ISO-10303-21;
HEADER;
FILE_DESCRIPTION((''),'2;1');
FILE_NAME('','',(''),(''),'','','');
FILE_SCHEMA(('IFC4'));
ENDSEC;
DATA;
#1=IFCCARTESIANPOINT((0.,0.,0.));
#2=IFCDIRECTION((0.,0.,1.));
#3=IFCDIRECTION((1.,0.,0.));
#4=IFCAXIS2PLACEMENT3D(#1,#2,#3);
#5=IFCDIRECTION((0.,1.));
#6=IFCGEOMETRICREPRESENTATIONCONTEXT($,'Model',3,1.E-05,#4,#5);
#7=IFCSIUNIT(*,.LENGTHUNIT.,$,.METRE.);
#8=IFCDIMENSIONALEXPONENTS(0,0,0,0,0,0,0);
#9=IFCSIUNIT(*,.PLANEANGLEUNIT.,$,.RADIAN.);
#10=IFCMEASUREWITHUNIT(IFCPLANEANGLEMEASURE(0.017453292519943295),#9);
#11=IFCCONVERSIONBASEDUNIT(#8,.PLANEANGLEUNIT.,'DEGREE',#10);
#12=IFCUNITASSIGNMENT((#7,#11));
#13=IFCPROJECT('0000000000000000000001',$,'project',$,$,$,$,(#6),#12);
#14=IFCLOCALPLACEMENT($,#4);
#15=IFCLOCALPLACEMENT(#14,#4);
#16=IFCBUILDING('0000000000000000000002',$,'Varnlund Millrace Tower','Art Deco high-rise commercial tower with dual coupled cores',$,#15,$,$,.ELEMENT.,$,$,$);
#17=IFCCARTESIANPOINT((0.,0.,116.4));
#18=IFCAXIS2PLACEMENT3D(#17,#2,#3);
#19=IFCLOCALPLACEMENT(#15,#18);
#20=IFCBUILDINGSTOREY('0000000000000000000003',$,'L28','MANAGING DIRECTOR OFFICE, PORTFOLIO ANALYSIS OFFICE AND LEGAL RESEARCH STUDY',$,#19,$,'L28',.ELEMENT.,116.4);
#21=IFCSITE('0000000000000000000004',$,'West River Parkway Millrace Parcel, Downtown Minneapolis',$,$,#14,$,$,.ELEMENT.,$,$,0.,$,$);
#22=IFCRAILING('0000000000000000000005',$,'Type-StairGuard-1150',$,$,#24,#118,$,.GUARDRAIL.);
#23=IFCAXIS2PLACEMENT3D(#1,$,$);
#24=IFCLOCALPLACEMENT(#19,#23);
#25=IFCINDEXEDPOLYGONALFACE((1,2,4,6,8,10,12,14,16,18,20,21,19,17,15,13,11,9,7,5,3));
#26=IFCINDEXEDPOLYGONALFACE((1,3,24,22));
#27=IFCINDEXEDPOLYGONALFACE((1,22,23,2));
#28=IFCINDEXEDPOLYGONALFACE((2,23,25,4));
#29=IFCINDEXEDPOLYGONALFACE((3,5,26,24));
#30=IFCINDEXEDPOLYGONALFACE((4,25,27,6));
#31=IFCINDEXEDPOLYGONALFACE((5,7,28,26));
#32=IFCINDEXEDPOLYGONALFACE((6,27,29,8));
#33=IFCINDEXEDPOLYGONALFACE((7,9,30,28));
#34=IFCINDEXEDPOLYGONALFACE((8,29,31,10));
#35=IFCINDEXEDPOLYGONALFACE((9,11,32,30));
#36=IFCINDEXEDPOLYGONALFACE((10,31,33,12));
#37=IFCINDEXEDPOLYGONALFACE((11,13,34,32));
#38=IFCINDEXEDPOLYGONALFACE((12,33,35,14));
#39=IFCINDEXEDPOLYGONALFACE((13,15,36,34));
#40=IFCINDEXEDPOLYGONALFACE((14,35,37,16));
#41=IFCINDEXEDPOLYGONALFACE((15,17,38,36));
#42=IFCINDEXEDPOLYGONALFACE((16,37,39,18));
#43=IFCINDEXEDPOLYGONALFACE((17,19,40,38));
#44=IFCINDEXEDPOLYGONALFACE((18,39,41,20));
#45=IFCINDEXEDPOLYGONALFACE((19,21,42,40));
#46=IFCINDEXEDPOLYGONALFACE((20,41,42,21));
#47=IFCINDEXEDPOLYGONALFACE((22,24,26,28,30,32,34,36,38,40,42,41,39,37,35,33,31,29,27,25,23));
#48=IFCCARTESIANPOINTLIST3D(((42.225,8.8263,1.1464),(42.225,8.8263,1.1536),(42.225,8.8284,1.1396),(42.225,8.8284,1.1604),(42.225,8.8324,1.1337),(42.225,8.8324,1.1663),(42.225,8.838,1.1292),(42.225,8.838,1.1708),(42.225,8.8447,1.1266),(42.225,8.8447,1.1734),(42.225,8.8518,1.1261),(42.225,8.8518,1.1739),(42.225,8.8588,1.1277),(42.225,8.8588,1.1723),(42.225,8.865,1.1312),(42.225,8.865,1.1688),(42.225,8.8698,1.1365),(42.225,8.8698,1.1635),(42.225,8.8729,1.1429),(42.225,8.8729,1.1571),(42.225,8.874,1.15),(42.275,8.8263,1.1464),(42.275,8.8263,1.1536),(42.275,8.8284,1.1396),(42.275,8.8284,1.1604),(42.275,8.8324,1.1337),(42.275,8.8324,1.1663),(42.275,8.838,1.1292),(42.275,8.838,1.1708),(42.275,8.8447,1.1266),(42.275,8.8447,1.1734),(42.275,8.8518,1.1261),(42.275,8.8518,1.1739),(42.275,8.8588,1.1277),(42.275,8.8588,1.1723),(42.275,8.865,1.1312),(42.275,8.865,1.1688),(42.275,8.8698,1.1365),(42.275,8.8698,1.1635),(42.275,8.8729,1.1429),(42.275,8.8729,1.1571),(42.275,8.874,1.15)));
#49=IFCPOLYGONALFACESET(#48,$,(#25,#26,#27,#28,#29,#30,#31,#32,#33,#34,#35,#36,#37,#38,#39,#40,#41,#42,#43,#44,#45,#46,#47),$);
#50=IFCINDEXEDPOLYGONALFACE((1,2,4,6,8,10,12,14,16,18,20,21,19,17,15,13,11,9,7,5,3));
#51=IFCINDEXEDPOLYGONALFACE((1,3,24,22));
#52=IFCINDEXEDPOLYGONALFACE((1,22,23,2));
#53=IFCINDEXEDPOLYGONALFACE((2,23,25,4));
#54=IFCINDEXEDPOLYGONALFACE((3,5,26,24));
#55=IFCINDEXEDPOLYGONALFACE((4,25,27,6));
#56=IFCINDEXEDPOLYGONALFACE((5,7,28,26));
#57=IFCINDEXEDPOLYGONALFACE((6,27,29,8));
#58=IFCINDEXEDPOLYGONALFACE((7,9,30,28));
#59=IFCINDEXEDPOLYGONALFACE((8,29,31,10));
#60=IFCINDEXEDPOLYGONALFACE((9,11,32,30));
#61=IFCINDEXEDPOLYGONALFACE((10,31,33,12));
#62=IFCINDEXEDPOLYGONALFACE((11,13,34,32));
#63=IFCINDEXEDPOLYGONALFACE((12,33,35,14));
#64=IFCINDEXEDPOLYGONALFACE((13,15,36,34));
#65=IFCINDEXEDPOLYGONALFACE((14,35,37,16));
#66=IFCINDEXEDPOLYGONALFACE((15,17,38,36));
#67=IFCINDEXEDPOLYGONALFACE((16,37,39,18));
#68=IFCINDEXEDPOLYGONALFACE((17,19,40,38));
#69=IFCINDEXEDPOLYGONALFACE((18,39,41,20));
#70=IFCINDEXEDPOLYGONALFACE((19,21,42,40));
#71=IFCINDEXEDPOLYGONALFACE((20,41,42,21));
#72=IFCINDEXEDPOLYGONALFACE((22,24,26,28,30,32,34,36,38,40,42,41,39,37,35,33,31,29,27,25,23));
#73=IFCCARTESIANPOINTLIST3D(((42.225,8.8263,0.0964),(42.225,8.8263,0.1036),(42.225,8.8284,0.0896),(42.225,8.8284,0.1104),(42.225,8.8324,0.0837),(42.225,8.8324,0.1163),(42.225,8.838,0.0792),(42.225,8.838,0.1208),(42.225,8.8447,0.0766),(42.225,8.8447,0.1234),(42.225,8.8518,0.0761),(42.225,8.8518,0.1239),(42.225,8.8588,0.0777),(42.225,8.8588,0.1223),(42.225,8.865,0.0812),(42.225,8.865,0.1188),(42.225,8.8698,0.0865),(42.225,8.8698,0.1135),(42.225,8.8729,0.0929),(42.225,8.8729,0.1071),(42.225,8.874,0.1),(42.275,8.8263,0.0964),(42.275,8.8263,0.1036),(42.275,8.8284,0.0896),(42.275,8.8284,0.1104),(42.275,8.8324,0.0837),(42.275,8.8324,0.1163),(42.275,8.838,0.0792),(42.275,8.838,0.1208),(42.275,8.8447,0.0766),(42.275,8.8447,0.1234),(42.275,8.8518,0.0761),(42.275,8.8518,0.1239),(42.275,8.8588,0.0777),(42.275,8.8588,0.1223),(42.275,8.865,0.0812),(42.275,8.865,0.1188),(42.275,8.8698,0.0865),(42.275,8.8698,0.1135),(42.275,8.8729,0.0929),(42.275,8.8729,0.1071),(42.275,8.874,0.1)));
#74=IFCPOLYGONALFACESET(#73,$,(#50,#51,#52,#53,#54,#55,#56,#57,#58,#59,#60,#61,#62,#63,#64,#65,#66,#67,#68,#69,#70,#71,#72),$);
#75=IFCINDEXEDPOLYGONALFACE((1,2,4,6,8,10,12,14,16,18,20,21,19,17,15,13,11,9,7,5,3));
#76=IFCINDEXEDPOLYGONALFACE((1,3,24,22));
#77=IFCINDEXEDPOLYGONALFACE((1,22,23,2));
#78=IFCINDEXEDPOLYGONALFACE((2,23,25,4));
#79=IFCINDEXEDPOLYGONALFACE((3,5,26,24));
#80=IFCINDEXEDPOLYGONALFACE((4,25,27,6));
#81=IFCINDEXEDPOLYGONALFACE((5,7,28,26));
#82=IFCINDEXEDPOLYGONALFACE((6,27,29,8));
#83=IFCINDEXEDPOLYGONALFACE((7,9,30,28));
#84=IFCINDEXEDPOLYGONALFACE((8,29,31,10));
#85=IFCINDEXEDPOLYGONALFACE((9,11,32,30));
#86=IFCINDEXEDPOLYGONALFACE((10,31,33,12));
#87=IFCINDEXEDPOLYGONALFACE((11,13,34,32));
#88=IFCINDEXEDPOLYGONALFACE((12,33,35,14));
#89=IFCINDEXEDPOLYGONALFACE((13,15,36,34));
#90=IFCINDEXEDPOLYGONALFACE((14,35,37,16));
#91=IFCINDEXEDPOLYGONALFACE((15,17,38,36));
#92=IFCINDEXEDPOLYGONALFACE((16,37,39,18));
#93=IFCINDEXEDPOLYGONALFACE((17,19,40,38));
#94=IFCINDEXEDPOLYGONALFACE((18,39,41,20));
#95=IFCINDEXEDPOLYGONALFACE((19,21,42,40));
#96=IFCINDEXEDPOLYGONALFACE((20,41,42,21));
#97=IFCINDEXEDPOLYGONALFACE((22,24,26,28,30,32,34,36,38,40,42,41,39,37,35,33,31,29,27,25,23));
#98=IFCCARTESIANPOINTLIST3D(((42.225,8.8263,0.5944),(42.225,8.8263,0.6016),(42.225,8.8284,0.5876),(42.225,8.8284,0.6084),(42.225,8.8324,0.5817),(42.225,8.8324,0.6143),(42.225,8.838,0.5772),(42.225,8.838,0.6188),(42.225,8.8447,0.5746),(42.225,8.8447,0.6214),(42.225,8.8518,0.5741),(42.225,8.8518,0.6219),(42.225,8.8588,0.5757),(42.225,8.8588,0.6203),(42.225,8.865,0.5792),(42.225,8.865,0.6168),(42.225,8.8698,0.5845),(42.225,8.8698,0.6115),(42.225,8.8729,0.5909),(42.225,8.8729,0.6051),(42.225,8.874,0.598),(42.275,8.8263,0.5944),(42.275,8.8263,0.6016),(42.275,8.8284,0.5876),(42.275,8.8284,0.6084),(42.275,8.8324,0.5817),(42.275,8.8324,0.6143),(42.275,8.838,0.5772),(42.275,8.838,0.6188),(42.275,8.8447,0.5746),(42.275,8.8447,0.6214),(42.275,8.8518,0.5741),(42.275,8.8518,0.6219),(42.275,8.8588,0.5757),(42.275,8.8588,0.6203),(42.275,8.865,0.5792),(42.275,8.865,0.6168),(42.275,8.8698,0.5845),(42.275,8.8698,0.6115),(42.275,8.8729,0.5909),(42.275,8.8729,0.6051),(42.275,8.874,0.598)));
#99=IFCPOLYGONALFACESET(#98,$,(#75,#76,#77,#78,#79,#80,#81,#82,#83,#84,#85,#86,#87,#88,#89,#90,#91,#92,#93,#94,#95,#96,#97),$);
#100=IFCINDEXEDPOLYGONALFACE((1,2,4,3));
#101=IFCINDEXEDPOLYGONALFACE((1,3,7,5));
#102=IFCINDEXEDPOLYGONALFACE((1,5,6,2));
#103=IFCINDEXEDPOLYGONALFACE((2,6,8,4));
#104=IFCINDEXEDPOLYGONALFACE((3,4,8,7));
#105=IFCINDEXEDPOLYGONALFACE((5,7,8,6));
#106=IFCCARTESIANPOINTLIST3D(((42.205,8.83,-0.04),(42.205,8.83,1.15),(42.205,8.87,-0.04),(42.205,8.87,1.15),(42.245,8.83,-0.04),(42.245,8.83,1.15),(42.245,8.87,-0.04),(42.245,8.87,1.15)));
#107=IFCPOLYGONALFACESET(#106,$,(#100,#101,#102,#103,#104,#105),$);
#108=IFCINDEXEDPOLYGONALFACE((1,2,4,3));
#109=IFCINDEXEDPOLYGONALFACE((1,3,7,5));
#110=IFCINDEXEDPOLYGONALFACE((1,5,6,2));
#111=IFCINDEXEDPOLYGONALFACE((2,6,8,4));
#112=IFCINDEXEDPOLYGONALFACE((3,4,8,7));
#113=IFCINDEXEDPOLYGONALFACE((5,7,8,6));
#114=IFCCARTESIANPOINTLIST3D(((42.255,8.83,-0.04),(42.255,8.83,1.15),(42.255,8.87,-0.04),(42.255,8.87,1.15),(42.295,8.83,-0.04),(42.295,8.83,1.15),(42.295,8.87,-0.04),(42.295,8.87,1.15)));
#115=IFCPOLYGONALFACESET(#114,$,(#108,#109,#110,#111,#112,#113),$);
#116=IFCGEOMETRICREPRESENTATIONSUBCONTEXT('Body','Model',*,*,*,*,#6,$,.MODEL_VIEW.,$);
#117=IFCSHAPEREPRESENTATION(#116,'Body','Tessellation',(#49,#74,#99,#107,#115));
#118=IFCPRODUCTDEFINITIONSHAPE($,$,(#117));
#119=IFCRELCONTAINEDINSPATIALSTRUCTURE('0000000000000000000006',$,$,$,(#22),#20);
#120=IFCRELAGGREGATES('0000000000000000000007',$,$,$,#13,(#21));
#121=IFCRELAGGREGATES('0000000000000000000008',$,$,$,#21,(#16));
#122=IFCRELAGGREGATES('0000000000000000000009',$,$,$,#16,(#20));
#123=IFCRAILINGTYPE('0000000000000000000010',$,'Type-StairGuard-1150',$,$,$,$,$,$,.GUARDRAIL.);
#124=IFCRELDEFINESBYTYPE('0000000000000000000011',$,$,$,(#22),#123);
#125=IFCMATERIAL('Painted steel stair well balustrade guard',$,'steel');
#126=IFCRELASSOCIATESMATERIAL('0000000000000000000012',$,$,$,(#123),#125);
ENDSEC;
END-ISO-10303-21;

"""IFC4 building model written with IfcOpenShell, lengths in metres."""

from ifc_helpers import new_model, entity, si_unit, converted_unit, direction, frame, origin_with_axes, origin_2d_with_axis, place, context, subcontext, project, spatial, rectangle, circle, extrude, material, type_object, element, save


model = new_model("IFC4")

# Units and contexts
model_context = context("Model", 3, precision=1e-05, world=origin_with_axes(), true_north=direction((0.0, 1.0)))
body_context = subcontext(model_context, "Body", "Model", "MODEL_VIEW")
ifc_project = project(units=[si_unit("LENGTHUNIT", "METRE"), converted_unit("PLANEANGLEUNIT", "DEGREE", entity("IfcPlaneAngleMeasure", 0.017453292519943295), si_unit("PLANEANGLEUNIT", "RADIAN"), dimensions=[0, 0, 0, 0, 0, 0, 0])], contexts=[model_context])

# Site, building, storey
site_placement = place(None, origin_with_axes())
site = spatial("IfcSite", under=ifc_project, at=site_placement, Name="West River Parkway Millrace Parcel, Downtown Minneapolis", CompositionType="ELEMENT", RefElevation=0.0)
building_placement = place(site_placement, origin_with_axes())
building = spatial("IfcBuilding", under=site, at=building_placement, Name="Varnlund Millrace Tower", Description="Art Deco high-rise commercial tower with dual coupled cores", CompositionType="ELEMENT")
storey_placement = place(building_placement, frame((0.0, 0.0, 116.4), z_axis=(0.0, 0.0, 1.0), x_axis=(1.0, 0.0, 0.0)))
storey = spatial("IfcBuildingStorey", under=building, at=storey_placement, Name="L28", Description="MANAGING DIRECTOR OFFICE, PORTFOLIO ANALYSIS OFFICE AND LEGAL RESEARCH STUDY", LongName="L28", CompositionType="ELEMENT", Elevation=116.4)

# Railing
ifc_material_1 = material(Name="Painted steel stair well balustrade guard", Category="steel")
railing_type_1 = type_object("IfcRailingType", Name="Type-StairGuard-1150", PredefinedType="GUARDRAIL", material=ifc_material_1)
railing_1_placement = place(storey_placement, frame((0.0, 0.0, -116.4), z_axis=(0.0, 0.0, 1.0), x_axis=(1.0, 0.0, 0.0)))
element("IfcRailing", 1, at=railing_1_placement, inside=storey, type_object=railing_type_1, Name="Type-StairGuard-1150", PredefinedType="GUARDRAIL", context=body_context, shape_type="SweptSolid", body=[
    extrude(circle(Radius=0.024, at=origin_2d_with_axis()), frame((42.225, 8.85, 117.55), z_axis=(1.0, 0.0, 0.0), x_axis=(0.0, 1.0, 0.0)), (0.0, 0.0, 1.0), 0.05),
    extrude(circle(Radius=0.024, at=origin_2d_with_axis()), frame((42.225, 8.85, 116.5), z_axis=(1.0, 0.0, 0.0), x_axis=(0.0, 1.0, 0.0)), (0.0, 0.0, 1.0), 0.05),
    extrude(circle(Radius=0.024, at=origin_2d_with_axis()), frame((42.225, 8.85, 116.998), z_axis=(1.0, 0.0, 0.0), x_axis=(0.0, 1.0, 0.0)), (0.0, 0.0, 1.0), 0.05),
    extrude(rectangle(XDim=0.04, YDim=0.04, at=origin_2d_with_axis()), frame((42.225, 8.85, 116.36), z_axis=(0.0, 0.0, 1.0), x_axis=(1.0, 0.0, 0.0)), (0.0, 0.0, 1.0), 1.19),
    extrude(rectangle(XDim=0.04, YDim=0.04, at=origin_2d_with_axis()), frame((42.275, 8.85, 116.36), z_axis=(0.0, 0.0, 1.0), x_axis=(1.0, 0.0, 0.0)), (0.0, 0.0, 1.0), 1.19),
])

save(model, "model.ifc")
